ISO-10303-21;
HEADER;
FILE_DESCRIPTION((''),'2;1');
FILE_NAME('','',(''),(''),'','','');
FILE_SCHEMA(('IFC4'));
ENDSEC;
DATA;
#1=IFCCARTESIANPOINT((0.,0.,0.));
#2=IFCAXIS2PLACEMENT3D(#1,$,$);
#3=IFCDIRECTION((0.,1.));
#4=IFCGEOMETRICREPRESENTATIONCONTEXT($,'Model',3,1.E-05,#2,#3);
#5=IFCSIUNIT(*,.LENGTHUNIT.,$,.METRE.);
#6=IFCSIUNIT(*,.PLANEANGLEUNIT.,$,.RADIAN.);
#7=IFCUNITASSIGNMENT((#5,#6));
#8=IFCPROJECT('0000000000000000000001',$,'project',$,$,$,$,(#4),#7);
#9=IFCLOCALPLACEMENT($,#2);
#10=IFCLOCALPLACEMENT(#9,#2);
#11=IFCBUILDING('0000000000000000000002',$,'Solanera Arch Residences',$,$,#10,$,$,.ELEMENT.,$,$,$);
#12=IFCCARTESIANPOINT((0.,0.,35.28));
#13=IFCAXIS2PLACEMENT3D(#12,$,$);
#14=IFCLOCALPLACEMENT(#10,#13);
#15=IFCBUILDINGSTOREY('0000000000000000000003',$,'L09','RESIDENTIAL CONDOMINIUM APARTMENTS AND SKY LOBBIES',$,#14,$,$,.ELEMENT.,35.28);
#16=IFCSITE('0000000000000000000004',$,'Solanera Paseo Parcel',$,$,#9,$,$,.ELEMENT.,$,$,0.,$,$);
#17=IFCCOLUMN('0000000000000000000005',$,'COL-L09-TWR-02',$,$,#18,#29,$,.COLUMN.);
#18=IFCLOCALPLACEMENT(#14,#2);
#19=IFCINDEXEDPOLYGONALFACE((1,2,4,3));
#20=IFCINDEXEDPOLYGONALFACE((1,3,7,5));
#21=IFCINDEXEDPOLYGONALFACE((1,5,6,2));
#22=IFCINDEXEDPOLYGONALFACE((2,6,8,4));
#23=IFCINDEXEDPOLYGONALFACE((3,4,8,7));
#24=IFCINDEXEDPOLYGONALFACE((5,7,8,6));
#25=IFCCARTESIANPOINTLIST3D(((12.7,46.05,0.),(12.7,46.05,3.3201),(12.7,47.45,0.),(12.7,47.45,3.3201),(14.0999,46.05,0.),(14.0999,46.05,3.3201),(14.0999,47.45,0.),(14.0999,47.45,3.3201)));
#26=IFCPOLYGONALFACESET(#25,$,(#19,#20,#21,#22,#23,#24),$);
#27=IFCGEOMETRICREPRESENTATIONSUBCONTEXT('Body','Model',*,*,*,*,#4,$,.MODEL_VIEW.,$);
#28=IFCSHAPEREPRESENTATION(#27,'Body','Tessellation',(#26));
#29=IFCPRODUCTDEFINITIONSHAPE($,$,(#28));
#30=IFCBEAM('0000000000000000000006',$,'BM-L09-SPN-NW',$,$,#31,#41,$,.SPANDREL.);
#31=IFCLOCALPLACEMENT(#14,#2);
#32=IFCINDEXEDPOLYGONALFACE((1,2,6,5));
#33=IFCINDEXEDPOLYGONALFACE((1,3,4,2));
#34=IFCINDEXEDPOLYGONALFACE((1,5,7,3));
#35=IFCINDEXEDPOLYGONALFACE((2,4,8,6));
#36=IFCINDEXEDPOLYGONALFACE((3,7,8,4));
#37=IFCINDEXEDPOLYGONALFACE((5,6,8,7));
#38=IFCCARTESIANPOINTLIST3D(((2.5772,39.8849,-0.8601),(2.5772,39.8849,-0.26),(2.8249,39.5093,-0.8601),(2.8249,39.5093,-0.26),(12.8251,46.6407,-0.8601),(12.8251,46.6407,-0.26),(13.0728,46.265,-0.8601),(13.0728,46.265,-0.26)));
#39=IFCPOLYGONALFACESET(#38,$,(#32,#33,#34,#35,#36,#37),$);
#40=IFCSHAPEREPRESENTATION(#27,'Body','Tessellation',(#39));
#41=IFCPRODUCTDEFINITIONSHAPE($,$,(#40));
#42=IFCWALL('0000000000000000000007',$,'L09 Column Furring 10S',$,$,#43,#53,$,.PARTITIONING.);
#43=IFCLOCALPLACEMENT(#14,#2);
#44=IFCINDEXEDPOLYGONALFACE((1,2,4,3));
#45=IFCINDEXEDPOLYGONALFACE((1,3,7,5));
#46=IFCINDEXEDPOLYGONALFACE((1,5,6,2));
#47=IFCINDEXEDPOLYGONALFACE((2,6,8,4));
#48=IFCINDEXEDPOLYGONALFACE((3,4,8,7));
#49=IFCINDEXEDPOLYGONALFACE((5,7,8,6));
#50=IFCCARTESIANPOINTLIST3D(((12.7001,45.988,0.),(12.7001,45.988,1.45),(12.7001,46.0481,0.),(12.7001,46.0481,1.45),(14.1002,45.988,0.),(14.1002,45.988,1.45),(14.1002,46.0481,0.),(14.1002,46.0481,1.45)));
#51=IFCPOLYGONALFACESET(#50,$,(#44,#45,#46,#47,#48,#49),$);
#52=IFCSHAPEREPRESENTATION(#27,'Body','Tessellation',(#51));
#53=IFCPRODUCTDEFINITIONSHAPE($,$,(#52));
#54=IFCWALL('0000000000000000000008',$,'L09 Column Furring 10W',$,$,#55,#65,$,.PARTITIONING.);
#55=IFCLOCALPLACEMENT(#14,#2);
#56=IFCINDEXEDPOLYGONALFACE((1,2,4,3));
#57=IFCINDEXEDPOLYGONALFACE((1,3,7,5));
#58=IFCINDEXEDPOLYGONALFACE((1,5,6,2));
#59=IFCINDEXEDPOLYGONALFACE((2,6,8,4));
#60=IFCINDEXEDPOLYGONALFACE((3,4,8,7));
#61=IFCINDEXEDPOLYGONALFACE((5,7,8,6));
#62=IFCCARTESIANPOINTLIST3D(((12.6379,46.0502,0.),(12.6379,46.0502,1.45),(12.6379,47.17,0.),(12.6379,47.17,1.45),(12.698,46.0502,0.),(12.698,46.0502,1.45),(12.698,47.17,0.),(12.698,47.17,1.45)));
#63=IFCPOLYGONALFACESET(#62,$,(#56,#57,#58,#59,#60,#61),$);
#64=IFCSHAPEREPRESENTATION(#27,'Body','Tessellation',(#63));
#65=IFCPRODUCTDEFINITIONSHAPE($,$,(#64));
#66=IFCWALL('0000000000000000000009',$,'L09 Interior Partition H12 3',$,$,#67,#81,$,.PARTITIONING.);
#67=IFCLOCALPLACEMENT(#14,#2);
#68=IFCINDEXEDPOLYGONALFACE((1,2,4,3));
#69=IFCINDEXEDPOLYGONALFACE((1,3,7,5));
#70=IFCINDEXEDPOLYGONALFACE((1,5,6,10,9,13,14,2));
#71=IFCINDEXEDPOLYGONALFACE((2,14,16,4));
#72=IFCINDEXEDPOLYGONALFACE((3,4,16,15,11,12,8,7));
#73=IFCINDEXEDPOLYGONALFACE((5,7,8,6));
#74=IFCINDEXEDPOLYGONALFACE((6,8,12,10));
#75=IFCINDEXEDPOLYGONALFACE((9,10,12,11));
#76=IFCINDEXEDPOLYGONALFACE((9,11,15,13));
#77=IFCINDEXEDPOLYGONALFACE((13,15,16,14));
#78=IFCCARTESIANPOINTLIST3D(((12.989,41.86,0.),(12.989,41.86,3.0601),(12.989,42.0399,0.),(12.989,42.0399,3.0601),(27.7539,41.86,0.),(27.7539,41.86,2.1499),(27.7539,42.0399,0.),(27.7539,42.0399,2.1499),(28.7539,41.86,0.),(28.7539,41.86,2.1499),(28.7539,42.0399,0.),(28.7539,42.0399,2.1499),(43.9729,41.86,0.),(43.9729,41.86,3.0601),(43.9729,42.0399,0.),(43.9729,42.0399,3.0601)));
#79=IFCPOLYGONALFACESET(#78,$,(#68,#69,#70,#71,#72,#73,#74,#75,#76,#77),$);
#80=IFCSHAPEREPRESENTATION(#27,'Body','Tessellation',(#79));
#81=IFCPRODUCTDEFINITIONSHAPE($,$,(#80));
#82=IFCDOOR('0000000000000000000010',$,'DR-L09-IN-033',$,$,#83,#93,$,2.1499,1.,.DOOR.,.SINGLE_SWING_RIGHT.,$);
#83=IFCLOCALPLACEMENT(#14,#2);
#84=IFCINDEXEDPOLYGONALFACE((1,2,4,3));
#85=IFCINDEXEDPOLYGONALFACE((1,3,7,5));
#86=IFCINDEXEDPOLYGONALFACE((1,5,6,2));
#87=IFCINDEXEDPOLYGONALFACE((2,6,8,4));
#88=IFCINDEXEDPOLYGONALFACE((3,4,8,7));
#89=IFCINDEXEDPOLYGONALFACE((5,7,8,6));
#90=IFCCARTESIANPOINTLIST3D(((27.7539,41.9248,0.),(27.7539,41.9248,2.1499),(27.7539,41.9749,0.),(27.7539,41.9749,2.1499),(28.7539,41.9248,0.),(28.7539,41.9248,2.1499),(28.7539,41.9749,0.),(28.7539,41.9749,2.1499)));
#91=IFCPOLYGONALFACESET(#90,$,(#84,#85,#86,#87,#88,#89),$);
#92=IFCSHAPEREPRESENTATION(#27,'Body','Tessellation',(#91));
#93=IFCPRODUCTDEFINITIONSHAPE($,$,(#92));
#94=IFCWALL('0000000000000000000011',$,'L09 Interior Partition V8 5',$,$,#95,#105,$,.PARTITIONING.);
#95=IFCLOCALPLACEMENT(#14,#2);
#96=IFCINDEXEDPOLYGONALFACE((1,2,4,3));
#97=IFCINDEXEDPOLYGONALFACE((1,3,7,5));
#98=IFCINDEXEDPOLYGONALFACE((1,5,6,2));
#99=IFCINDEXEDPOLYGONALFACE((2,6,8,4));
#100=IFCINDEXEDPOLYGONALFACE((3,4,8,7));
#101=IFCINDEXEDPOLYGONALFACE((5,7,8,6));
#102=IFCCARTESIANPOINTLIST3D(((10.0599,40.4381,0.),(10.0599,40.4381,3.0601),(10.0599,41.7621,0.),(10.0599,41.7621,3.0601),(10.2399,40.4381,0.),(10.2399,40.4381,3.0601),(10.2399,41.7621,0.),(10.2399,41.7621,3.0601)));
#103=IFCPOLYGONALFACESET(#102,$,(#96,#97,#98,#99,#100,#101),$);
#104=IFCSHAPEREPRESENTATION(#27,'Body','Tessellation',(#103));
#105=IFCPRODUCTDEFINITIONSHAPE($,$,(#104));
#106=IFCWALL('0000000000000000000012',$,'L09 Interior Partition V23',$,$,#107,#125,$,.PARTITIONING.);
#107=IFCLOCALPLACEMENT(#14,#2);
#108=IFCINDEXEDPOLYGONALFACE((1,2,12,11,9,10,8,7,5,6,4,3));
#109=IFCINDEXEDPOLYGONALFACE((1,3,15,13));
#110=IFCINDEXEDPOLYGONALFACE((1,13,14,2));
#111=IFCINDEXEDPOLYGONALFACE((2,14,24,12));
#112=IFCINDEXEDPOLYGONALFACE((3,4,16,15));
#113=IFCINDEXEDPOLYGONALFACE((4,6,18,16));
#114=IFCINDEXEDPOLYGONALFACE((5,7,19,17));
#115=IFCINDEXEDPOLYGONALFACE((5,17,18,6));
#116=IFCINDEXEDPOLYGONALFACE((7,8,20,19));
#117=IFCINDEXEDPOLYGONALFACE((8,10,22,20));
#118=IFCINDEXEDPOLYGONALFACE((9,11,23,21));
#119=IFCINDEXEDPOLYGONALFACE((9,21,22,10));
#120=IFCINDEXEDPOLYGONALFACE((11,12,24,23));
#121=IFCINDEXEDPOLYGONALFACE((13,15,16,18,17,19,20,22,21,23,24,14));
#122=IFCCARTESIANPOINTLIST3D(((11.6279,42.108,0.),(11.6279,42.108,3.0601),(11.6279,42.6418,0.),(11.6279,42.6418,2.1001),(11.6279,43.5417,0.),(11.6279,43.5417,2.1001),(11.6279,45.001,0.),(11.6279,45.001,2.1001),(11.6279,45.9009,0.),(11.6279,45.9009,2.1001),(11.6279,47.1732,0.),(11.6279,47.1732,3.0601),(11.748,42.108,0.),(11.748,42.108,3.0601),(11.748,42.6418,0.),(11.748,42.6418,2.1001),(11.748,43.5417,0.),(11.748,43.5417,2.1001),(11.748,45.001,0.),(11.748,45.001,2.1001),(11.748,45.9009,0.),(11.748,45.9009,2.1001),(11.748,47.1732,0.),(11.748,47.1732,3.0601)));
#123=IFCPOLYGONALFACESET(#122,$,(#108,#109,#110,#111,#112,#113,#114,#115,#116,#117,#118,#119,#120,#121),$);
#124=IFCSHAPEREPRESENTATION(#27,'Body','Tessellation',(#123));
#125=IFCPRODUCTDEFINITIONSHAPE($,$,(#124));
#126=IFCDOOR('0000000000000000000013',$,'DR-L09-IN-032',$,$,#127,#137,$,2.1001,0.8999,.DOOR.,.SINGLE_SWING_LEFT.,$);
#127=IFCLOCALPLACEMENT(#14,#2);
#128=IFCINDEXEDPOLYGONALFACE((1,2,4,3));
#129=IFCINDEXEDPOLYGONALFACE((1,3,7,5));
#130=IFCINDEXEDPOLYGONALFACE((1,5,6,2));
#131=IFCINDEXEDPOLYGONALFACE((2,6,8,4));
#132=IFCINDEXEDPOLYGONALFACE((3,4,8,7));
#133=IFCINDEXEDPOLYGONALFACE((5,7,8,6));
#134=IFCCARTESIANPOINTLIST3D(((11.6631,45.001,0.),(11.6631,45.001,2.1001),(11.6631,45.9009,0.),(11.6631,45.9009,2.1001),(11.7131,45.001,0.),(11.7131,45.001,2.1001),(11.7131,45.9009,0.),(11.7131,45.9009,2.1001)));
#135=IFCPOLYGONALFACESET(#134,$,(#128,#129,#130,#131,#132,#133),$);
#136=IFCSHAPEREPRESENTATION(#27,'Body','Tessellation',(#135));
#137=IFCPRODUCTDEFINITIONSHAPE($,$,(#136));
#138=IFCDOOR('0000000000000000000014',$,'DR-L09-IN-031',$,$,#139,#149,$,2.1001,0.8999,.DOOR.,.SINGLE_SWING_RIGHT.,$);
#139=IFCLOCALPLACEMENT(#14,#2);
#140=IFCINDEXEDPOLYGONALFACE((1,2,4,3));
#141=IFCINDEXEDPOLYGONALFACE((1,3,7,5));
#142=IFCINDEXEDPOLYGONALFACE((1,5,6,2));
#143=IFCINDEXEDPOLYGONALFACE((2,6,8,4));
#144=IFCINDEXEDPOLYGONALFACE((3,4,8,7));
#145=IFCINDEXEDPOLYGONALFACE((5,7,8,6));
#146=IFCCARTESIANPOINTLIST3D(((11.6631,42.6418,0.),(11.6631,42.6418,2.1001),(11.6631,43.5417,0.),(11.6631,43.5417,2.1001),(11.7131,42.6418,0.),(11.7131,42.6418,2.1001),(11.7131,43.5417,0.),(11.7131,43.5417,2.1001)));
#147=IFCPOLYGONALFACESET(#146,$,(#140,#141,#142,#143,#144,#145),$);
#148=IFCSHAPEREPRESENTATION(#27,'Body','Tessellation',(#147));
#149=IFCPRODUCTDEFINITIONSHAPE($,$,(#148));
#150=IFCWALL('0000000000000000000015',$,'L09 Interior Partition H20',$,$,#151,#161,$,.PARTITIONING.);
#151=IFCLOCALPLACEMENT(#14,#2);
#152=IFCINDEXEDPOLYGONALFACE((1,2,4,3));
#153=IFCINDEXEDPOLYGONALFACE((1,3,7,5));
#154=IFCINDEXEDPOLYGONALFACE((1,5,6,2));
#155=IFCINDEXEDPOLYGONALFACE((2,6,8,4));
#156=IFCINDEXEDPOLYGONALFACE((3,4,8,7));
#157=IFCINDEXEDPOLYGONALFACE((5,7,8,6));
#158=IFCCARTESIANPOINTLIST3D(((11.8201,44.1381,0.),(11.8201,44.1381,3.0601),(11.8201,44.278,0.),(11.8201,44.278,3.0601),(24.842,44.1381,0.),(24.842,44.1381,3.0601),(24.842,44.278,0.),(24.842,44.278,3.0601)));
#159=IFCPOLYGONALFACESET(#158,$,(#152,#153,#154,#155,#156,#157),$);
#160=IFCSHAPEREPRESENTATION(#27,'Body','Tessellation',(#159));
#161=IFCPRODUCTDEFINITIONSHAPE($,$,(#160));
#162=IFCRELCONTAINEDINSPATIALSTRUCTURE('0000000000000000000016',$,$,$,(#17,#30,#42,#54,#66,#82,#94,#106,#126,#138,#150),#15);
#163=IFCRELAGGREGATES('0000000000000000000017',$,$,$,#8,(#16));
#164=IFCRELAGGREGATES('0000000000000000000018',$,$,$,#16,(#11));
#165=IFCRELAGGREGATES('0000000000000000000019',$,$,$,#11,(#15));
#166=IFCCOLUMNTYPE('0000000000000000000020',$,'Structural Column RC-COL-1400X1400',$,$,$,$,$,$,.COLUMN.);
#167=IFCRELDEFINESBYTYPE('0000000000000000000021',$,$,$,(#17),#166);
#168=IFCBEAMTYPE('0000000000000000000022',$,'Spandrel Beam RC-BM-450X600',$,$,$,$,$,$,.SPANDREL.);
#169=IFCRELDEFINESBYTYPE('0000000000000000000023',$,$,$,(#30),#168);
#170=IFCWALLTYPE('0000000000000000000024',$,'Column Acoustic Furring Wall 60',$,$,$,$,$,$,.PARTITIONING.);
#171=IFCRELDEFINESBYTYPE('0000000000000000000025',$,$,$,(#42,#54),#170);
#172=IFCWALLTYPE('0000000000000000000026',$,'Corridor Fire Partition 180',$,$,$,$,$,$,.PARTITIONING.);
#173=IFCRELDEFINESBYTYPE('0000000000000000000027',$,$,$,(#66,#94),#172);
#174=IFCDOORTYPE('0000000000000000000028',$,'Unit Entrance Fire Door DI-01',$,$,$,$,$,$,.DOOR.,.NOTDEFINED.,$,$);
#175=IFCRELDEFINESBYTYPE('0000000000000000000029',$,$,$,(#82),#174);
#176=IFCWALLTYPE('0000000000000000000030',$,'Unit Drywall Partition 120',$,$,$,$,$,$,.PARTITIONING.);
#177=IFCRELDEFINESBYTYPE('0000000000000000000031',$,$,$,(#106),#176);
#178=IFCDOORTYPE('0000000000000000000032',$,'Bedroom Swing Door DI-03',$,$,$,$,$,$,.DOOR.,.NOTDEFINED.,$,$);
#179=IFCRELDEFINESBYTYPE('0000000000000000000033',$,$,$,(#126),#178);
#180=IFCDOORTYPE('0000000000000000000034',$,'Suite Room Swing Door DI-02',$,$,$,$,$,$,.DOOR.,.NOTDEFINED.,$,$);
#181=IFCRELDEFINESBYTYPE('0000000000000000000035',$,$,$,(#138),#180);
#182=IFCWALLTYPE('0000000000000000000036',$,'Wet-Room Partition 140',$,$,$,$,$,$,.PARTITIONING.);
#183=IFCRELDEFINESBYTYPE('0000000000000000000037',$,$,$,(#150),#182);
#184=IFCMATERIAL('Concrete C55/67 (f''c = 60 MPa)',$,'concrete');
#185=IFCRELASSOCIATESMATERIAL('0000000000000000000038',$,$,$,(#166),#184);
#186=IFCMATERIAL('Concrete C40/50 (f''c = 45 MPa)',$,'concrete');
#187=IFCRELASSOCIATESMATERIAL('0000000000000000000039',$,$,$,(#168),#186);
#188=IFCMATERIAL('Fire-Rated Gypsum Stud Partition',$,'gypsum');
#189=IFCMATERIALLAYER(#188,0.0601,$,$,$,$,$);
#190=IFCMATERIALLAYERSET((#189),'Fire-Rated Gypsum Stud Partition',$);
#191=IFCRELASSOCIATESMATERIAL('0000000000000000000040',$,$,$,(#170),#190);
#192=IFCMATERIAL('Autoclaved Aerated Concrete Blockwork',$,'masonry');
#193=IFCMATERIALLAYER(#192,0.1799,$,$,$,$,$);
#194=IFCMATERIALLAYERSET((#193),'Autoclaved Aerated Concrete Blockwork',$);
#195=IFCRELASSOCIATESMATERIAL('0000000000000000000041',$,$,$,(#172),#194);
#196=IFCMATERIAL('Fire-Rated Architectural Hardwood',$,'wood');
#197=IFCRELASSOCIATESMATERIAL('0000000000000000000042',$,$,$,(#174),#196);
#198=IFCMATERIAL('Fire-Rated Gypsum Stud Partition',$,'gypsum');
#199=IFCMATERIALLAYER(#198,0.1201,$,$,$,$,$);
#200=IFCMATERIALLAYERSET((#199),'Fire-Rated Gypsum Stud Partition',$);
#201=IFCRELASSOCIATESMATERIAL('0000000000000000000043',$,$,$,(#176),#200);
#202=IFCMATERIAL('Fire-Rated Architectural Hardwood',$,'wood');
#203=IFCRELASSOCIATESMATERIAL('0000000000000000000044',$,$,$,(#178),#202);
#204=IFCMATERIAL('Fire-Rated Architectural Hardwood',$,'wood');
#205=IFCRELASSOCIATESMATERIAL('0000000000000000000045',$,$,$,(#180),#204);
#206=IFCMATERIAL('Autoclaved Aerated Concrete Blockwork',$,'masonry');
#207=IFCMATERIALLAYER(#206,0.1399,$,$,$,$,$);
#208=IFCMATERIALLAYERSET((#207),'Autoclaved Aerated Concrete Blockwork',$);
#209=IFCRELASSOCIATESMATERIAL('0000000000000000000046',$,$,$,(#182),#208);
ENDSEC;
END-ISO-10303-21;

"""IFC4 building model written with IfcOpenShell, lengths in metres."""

from ifc_helpers import new_model, si_unit, direction, frame, frame_2d, origin, origin_2d, place, context, subcontext, project, spatial, rectangle, extrude, material, layer, layer_set, material_profile, profile_set, type_object, element, fill, save


model = new_model("IFC4")

# Units and contexts
model_context = context("Model", 3, precision=1e-05, world=origin(), true_north=direction((0.0, 1.0)))
body_context = subcontext(model_context, "Body", "Model", "MODEL_VIEW")
ifc_project = project(units=[si_unit("LENGTHUNIT", "METRE"), si_unit("PLANEANGLEUNIT", "RADIAN")], contexts=[model_context])

# Site, building, storey
site_placement = place(None, origin())
site = spatial("IfcSite", under=ifc_project, at=site_placement, Name="Solanera Paseo Parcel", CompositionType="ELEMENT", RefElevation=0.0)
building_placement = place(site_placement, origin())
building = spatial("IfcBuilding", under=site, at=building_placement, Name="Solanera Arch Residences", CompositionType="ELEMENT")
storey_placement = place(building_placement, frame((0.0, 0.0, 35.28)))
storey = spatial("IfcBuildingStorey", under=building, at=storey_placement, Name="L09", Description="RESIDENTIAL CONDOMINIUM APARTMENTS AND SKY LOBBIES", CompositionType="ELEMENT", Elevation=35.28)

# Column
ifc_material_1 = material(Name="Concrete C55/67 (f'c = 60 MPa)", Category="concrete")
ifc_material_profile_1 = material_profile(ifc_material_1, rectangle(XDim=1.3999, YDim=1.3999, at=origin_2d()))
ifc_profile_set_1 = profile_set([ifc_material_profile_1], Name="Concrete C55/67 (f'c = 60 MPa)")
column_type = type_object("IfcColumnType", Name="Structural Column RC-COL-1400X1400", PredefinedType="COLUMN", material=ifc_profile_set_1)
column_placement = place(storey_placement, frame((13.3999, 46.75, 0.0), z_axis=(0.0, 0.0, 1.0), x_axis=(1.0, 0.0, 0.0)))
element("IfcColumn", 1, at=column_placement, inside=storey, type_object=column_type, Name="COL-L09-TWR-02", PredefinedType="COLUMN", context=body_context, shape_type="SweptSolid", body=[
    extrude(rectangle(XDim=1.3999, YDim=1.3999, at=origin_2d()), origin(), (0.0, 0.0, 1.0), 3.3201),
])

# Beam
ifc_material_2 = material(Name="Concrete C40/50 (f'c = 45 MPa)", Category="concrete")
ifc_material_profile_2 = material_profile(ifc_material_2, rectangle(XDim=0.45, YDim=0.6001, at=origin_2d()))
ifc_profile_set_2 = profile_set([ifc_material_profile_2], Name="Concrete C40/50 (f'c = 45 MPa)")
beam_type = type_object("IfcBeamType", Name="Spandrel Beam RC-BM-450X600", PredefinedType="SPANDREL", material=ifc_profile_set_2)
beam_placement = place(storey_placement, frame((12.949, 46.4529, -0.5601), z_axis=(-0.834903, -0.550397, 0.0), x_axis=(0.550397, -0.834903, 0.0)))
element("IfcBeam", 2, at=beam_placement, inside=storey, type_object=beam_type, Name="BM-L09-SPN-NW", PredefinedType="SPANDREL", context=body_context, shape_type="SweptSolid", body=[
    extrude(rectangle(XDim=0.45, YDim=0.6001, at=origin_2d()), origin(), (0.0, 0.0, 1.0), 12.2744),
])

# Walls
ifc_material_3 = material(Name="Fire-Rated Gypsum Stud Partition", Category="gypsum")
ifc_layer_1 = layer(ifc_material_3, 0.0601)
ifc_layer_set_1 = layer_set([ifc_layer_1], Name="Fire-Rated Gypsum Stud Partition")
wall_type_1 = type_object("IfcWallType", Name="Column Acoustic Furring Wall 60", PredefinedType="PARTITIONING", material=ifc_layer_set_1)
wall_1_placement = place(storey_placement, frame((12.7, 46.0181, 0.0), z_axis=(0.0, 0.0, 1.0), x_axis=(1.0, 0.0, 0.0)))
element("IfcWall", 3, at=wall_1_placement, inside=storey, type_object=wall_type_1, Name="L09 Column Furring 10S", PredefinedType="PARTITIONING", context=body_context, shape_type="SweptSolid", body=[
    extrude(rectangle(XDim=1.4001, YDim=0.0601, at=frame_2d((0.7002, 0.0))), origin(), (0.0, 0.0, 1.0), 1.45),
])
wall_2_placement = place(storey_placement, frame((12.668, 46.05, 0.0), z_axis=(0.0, 0.0, 1.0), x_axis=(0.0, 1.0, 0.0)))
element("IfcWall", 4, at=wall_2_placement, inside=storey, type_object=wall_type_1, Name="L09 Column Furring 10W", PredefinedType="PARTITIONING", context=body_context, shape_type="SweptSolid", body=[
    extrude(rectangle(XDim=1.1199, YDim=0.0601, at=frame_2d((0.5601, 0.0))), origin(), (0.0, 0.0, 1.0), 1.45),
])

# Wall, opening, door
ifc_material_4 = material(Name="Autoclaved Aerated Concrete Blockwork", Category="masonry")
ifc_layer_2 = layer(ifc_material_4, 0.1799)
ifc_layer_set_2 = layer_set([ifc_layer_2], Name="Autoclaved Aerated Concrete Blockwork")
wall_type_2 = type_object("IfcWallType", Name="Corridor Fire Partition 180", PredefinedType="PARTITIONING", material=ifc_layer_set_2)
wall_3_placement = place(storey_placement, frame((12.989, 41.95, 0.0), z_axis=(0.0, 0.0, 1.0), x_axis=(1.0, 0.0, 0.0)))
wall_3 = element("IfcWall", 5, at=wall_3_placement, inside=storey, type_object=wall_type_2, Name="L09 Interior Partition H12 3", PredefinedType="PARTITIONING", context=body_context, shape_type="SweptSolid", body=[
    extrude(rectangle(XDim=30.9839, YDim=0.1799, at=frame_2d((15.4919, 0.0))), origin(), (0.0, 0.0, 1.0), 3.0601),
])
opening_1_placement = place(wall_3_placement, frame((14.7649, 0.0, 0.0)))
opening_1 = element("IfcOpeningElement", 6, at=opening_1_placement, cuts=wall_3, PredefinedType="OPENING", context=body_context, shape_type="SweptSolid", body=[
    extrude(rectangle(XDim=1.0, YDim=2.1499, at=frame_2d((0.5, 1.075))), frame((0.0, 0.1001, 0.0), z_axis=(0.0, -1.0, 0.0), x_axis=(1.0, 0.0, 0.0)), (0.0, 0.0, 1.0), 0.1999),
])
ifc_material_5 = material(Name="Fire-Rated Architectural Hardwood", Category="wood")
door_type_1 = type_object("IfcDoorType", Name="Unit Entrance Fire Door DI-01", OperationType="NOTDEFINED", PredefinedType="DOOR", material=ifc_material_5)
door_1_placement = place(opening_1_placement, origin())
door_1 = element("IfcDoor", 7, at=door_1_placement, inside=storey, type_object=door_type_1, Name="DR-L09-IN-033", OperationType="SINGLE_SWING_RIGHT", OverallHeight=2.1499, OverallWidth=1.0, PredefinedType="DOOR", context=body_context, shape_type="SweptSolid", body=[
    extrude(rectangle(XDim=1.0, YDim=2.1499, at=frame_2d((0.5, 1.075))), frame((0.0, 0.0249, 0.0), z_axis=(0.0, -1.0, 0.0), x_axis=(1.0, 0.0, 0.0)), (0.0, 0.0, 1.0), 0.05),
])
fill(opening_1, door_1)

# Wall
wall_4_placement = place(storey_placement, frame((10.1499, 40.438, 0.0), z_axis=(0.0, 0.0, 1.0), x_axis=(0.0, 1.0, 0.0)))
element("IfcWall", 8, at=wall_4_placement, inside=storey, type_object=wall_type_2, Name="L09 Interior Partition V8 5", PredefinedType="PARTITIONING", context=body_context, shape_type="SweptSolid", body=[
    extrude(rectangle(XDim=1.324, YDim=0.1799, at=frame_2d((0.6621, 0.0))), origin(), (0.0, 0.0, 1.0), 3.0601),
])

# Wall, openings, doors
ifc_material_6 = material(Name="Fire-Rated Gypsum Stud Partition", Category="gypsum")
ifc_layer_3 = layer(ifc_material_6, 0.1201)
ifc_layer_set_3 = layer_set([ifc_layer_3], Name="Fire-Rated Gypsum Stud Partition")
wall_type_3 = type_object("IfcWallType", Name="Unit Drywall Partition 120", PredefinedType="PARTITIONING", material=ifc_layer_set_3)
wall_5_placement = place(storey_placement, frame((11.688, 42.1079, 0.0), z_axis=(0.0, 0.0, 1.0), x_axis=(0.0, 1.0, 0.0)))
wall_5 = element("IfcWall", 9, at=wall_5_placement, inside=storey, type_object=wall_type_3, Name="L09 Interior Partition V23", PredefinedType="PARTITIONING", context=body_context, shape_type="SweptSolid", body=[
    extrude(rectangle(XDim=5.0652, YDim=0.1201, at=frame_2d((2.5327, 0.0))), origin(), (0.0, 0.0, 1.0), 3.0601),
])
opening_2_placement = place(wall_5_placement, frame((0.5339, 0.0, 0.0)))
opening_2 = element("IfcOpeningElement", 10, at=opening_2_placement, cuts=wall_5, PredefinedType="OPENING", context=body_context, shape_type="SweptSolid", body=[
    extrude(rectangle(XDim=0.8999, YDim=2.1001, at=frame_2d((0.45, 1.05))), frame((0.0, 0.0701, 0.0), z_axis=(0.0, -1.0, 0.0), x_axis=(1.0, 0.0, 0.0)), (0.0, 0.0, 1.0), 0.1401),
])
opening_3_placement = place(wall_5_placement, frame((2.8931, 0.0, 0.0)))
opening_3 = element("IfcOpeningElement", 11, at=opening_3_placement, cuts=wall_5, PredefinedType="OPENING", context=body_context, shape_type="SweptSolid", body=[
    extrude(rectangle(XDim=0.8999, YDim=2.1001, at=frame_2d((0.45, 1.05))), frame((0.0, 0.0701, 0.0), z_axis=(0.0, -1.0, 0.0), x_axis=(1.0, 0.0, 0.0)), (0.0, 0.0, 1.0), 0.1401),
])
ifc_material_7 = material(Name="Fire-Rated Architectural Hardwood", Category="wood")
door_type_2 = type_object("IfcDoorType", Name="Bedroom Swing Door DI-03", OperationType="NOTDEFINED", PredefinedType="DOOR", material=ifc_material_7)
door_2_placement = place(opening_3_placement, origin())
door_2 = element("IfcDoor", 12, at=door_2_placement, inside=storey, type_object=door_type_2, Name="DR-L09-IN-032", OperationType="SINGLE_SWING_LEFT", OverallHeight=2.1001, OverallWidth=0.8999, PredefinedType="DOOR", context=body_context, shape_type="SweptSolid", body=[
    extrude(rectangle(XDim=0.8999, YDim=2.1001, at=frame_2d((0.45, 1.05))), frame((0.0, 0.0249, 0.0), z_axis=(0.0, -1.0, 0.0), x_axis=(1.0, 0.0, 0.0)), (0.0, 0.0, 1.0), 0.05),
])
fill(opening_3, door_2)
ifc_material_8 = material(Name="Fire-Rated Architectural Hardwood", Category="wood")
door_type_3 = type_object("IfcDoorType", Name="Suite Room Swing Door DI-02", OperationType="NOTDEFINED", PredefinedType="DOOR", material=ifc_material_8)
door_3_placement = place(opening_2_placement, origin())
door_3 = element("IfcDoor", 13, at=door_3_placement, inside=storey, type_object=door_type_3, Name="DR-L09-IN-031", OperationType="SINGLE_SWING_RIGHT", OverallHeight=2.1001, OverallWidth=0.8999, PredefinedType="DOOR", context=body_context, shape_type="SweptSolid", body=[
    extrude(rectangle(XDim=0.8999, YDim=2.1001, at=frame_2d((0.45, 1.05))), frame((0.0, 0.0249, 0.0), z_axis=(0.0, -1.0, 0.0), x_axis=(1.0, 0.0, 0.0)), (0.0, 0.0, 1.0), 0.05),
])
fill(opening_2, door_3)

# Wall
ifc_material_9 = material(Name="Autoclaved Aerated Concrete Blockwork", Category="masonry")
ifc_layer_4 = layer(ifc_material_9, 0.1399)
ifc_layer_set_4 = layer_set([ifc_layer_4], Name="Autoclaved Aerated Concrete Blockwork")
wall_type_4 = type_object("IfcWallType", Name="Wet-Room Partition 140", PredefinedType="PARTITIONING", material=ifc_layer_set_4)
wall_6_placement = place(storey_placement, frame((11.8201, 44.208, 0.0), z_axis=(0.0, 0.0, 1.0), x_axis=(1.0, 0.0, 0.0)))
element("IfcWall", 14, at=wall_6_placement, inside=storey, type_object=wall_type_4, Name="L09 Interior Partition H20", PredefinedType="PARTITIONING", context=body_context, shape_type="SweptSolid", body=[
    extrude(rectangle(XDim=13.022, YDim=0.1399, at=frame_2d((6.511, 0.0))), origin(), (0.0, 0.0, 1.0), 3.0601),
])

save(model, "model.ifc")
